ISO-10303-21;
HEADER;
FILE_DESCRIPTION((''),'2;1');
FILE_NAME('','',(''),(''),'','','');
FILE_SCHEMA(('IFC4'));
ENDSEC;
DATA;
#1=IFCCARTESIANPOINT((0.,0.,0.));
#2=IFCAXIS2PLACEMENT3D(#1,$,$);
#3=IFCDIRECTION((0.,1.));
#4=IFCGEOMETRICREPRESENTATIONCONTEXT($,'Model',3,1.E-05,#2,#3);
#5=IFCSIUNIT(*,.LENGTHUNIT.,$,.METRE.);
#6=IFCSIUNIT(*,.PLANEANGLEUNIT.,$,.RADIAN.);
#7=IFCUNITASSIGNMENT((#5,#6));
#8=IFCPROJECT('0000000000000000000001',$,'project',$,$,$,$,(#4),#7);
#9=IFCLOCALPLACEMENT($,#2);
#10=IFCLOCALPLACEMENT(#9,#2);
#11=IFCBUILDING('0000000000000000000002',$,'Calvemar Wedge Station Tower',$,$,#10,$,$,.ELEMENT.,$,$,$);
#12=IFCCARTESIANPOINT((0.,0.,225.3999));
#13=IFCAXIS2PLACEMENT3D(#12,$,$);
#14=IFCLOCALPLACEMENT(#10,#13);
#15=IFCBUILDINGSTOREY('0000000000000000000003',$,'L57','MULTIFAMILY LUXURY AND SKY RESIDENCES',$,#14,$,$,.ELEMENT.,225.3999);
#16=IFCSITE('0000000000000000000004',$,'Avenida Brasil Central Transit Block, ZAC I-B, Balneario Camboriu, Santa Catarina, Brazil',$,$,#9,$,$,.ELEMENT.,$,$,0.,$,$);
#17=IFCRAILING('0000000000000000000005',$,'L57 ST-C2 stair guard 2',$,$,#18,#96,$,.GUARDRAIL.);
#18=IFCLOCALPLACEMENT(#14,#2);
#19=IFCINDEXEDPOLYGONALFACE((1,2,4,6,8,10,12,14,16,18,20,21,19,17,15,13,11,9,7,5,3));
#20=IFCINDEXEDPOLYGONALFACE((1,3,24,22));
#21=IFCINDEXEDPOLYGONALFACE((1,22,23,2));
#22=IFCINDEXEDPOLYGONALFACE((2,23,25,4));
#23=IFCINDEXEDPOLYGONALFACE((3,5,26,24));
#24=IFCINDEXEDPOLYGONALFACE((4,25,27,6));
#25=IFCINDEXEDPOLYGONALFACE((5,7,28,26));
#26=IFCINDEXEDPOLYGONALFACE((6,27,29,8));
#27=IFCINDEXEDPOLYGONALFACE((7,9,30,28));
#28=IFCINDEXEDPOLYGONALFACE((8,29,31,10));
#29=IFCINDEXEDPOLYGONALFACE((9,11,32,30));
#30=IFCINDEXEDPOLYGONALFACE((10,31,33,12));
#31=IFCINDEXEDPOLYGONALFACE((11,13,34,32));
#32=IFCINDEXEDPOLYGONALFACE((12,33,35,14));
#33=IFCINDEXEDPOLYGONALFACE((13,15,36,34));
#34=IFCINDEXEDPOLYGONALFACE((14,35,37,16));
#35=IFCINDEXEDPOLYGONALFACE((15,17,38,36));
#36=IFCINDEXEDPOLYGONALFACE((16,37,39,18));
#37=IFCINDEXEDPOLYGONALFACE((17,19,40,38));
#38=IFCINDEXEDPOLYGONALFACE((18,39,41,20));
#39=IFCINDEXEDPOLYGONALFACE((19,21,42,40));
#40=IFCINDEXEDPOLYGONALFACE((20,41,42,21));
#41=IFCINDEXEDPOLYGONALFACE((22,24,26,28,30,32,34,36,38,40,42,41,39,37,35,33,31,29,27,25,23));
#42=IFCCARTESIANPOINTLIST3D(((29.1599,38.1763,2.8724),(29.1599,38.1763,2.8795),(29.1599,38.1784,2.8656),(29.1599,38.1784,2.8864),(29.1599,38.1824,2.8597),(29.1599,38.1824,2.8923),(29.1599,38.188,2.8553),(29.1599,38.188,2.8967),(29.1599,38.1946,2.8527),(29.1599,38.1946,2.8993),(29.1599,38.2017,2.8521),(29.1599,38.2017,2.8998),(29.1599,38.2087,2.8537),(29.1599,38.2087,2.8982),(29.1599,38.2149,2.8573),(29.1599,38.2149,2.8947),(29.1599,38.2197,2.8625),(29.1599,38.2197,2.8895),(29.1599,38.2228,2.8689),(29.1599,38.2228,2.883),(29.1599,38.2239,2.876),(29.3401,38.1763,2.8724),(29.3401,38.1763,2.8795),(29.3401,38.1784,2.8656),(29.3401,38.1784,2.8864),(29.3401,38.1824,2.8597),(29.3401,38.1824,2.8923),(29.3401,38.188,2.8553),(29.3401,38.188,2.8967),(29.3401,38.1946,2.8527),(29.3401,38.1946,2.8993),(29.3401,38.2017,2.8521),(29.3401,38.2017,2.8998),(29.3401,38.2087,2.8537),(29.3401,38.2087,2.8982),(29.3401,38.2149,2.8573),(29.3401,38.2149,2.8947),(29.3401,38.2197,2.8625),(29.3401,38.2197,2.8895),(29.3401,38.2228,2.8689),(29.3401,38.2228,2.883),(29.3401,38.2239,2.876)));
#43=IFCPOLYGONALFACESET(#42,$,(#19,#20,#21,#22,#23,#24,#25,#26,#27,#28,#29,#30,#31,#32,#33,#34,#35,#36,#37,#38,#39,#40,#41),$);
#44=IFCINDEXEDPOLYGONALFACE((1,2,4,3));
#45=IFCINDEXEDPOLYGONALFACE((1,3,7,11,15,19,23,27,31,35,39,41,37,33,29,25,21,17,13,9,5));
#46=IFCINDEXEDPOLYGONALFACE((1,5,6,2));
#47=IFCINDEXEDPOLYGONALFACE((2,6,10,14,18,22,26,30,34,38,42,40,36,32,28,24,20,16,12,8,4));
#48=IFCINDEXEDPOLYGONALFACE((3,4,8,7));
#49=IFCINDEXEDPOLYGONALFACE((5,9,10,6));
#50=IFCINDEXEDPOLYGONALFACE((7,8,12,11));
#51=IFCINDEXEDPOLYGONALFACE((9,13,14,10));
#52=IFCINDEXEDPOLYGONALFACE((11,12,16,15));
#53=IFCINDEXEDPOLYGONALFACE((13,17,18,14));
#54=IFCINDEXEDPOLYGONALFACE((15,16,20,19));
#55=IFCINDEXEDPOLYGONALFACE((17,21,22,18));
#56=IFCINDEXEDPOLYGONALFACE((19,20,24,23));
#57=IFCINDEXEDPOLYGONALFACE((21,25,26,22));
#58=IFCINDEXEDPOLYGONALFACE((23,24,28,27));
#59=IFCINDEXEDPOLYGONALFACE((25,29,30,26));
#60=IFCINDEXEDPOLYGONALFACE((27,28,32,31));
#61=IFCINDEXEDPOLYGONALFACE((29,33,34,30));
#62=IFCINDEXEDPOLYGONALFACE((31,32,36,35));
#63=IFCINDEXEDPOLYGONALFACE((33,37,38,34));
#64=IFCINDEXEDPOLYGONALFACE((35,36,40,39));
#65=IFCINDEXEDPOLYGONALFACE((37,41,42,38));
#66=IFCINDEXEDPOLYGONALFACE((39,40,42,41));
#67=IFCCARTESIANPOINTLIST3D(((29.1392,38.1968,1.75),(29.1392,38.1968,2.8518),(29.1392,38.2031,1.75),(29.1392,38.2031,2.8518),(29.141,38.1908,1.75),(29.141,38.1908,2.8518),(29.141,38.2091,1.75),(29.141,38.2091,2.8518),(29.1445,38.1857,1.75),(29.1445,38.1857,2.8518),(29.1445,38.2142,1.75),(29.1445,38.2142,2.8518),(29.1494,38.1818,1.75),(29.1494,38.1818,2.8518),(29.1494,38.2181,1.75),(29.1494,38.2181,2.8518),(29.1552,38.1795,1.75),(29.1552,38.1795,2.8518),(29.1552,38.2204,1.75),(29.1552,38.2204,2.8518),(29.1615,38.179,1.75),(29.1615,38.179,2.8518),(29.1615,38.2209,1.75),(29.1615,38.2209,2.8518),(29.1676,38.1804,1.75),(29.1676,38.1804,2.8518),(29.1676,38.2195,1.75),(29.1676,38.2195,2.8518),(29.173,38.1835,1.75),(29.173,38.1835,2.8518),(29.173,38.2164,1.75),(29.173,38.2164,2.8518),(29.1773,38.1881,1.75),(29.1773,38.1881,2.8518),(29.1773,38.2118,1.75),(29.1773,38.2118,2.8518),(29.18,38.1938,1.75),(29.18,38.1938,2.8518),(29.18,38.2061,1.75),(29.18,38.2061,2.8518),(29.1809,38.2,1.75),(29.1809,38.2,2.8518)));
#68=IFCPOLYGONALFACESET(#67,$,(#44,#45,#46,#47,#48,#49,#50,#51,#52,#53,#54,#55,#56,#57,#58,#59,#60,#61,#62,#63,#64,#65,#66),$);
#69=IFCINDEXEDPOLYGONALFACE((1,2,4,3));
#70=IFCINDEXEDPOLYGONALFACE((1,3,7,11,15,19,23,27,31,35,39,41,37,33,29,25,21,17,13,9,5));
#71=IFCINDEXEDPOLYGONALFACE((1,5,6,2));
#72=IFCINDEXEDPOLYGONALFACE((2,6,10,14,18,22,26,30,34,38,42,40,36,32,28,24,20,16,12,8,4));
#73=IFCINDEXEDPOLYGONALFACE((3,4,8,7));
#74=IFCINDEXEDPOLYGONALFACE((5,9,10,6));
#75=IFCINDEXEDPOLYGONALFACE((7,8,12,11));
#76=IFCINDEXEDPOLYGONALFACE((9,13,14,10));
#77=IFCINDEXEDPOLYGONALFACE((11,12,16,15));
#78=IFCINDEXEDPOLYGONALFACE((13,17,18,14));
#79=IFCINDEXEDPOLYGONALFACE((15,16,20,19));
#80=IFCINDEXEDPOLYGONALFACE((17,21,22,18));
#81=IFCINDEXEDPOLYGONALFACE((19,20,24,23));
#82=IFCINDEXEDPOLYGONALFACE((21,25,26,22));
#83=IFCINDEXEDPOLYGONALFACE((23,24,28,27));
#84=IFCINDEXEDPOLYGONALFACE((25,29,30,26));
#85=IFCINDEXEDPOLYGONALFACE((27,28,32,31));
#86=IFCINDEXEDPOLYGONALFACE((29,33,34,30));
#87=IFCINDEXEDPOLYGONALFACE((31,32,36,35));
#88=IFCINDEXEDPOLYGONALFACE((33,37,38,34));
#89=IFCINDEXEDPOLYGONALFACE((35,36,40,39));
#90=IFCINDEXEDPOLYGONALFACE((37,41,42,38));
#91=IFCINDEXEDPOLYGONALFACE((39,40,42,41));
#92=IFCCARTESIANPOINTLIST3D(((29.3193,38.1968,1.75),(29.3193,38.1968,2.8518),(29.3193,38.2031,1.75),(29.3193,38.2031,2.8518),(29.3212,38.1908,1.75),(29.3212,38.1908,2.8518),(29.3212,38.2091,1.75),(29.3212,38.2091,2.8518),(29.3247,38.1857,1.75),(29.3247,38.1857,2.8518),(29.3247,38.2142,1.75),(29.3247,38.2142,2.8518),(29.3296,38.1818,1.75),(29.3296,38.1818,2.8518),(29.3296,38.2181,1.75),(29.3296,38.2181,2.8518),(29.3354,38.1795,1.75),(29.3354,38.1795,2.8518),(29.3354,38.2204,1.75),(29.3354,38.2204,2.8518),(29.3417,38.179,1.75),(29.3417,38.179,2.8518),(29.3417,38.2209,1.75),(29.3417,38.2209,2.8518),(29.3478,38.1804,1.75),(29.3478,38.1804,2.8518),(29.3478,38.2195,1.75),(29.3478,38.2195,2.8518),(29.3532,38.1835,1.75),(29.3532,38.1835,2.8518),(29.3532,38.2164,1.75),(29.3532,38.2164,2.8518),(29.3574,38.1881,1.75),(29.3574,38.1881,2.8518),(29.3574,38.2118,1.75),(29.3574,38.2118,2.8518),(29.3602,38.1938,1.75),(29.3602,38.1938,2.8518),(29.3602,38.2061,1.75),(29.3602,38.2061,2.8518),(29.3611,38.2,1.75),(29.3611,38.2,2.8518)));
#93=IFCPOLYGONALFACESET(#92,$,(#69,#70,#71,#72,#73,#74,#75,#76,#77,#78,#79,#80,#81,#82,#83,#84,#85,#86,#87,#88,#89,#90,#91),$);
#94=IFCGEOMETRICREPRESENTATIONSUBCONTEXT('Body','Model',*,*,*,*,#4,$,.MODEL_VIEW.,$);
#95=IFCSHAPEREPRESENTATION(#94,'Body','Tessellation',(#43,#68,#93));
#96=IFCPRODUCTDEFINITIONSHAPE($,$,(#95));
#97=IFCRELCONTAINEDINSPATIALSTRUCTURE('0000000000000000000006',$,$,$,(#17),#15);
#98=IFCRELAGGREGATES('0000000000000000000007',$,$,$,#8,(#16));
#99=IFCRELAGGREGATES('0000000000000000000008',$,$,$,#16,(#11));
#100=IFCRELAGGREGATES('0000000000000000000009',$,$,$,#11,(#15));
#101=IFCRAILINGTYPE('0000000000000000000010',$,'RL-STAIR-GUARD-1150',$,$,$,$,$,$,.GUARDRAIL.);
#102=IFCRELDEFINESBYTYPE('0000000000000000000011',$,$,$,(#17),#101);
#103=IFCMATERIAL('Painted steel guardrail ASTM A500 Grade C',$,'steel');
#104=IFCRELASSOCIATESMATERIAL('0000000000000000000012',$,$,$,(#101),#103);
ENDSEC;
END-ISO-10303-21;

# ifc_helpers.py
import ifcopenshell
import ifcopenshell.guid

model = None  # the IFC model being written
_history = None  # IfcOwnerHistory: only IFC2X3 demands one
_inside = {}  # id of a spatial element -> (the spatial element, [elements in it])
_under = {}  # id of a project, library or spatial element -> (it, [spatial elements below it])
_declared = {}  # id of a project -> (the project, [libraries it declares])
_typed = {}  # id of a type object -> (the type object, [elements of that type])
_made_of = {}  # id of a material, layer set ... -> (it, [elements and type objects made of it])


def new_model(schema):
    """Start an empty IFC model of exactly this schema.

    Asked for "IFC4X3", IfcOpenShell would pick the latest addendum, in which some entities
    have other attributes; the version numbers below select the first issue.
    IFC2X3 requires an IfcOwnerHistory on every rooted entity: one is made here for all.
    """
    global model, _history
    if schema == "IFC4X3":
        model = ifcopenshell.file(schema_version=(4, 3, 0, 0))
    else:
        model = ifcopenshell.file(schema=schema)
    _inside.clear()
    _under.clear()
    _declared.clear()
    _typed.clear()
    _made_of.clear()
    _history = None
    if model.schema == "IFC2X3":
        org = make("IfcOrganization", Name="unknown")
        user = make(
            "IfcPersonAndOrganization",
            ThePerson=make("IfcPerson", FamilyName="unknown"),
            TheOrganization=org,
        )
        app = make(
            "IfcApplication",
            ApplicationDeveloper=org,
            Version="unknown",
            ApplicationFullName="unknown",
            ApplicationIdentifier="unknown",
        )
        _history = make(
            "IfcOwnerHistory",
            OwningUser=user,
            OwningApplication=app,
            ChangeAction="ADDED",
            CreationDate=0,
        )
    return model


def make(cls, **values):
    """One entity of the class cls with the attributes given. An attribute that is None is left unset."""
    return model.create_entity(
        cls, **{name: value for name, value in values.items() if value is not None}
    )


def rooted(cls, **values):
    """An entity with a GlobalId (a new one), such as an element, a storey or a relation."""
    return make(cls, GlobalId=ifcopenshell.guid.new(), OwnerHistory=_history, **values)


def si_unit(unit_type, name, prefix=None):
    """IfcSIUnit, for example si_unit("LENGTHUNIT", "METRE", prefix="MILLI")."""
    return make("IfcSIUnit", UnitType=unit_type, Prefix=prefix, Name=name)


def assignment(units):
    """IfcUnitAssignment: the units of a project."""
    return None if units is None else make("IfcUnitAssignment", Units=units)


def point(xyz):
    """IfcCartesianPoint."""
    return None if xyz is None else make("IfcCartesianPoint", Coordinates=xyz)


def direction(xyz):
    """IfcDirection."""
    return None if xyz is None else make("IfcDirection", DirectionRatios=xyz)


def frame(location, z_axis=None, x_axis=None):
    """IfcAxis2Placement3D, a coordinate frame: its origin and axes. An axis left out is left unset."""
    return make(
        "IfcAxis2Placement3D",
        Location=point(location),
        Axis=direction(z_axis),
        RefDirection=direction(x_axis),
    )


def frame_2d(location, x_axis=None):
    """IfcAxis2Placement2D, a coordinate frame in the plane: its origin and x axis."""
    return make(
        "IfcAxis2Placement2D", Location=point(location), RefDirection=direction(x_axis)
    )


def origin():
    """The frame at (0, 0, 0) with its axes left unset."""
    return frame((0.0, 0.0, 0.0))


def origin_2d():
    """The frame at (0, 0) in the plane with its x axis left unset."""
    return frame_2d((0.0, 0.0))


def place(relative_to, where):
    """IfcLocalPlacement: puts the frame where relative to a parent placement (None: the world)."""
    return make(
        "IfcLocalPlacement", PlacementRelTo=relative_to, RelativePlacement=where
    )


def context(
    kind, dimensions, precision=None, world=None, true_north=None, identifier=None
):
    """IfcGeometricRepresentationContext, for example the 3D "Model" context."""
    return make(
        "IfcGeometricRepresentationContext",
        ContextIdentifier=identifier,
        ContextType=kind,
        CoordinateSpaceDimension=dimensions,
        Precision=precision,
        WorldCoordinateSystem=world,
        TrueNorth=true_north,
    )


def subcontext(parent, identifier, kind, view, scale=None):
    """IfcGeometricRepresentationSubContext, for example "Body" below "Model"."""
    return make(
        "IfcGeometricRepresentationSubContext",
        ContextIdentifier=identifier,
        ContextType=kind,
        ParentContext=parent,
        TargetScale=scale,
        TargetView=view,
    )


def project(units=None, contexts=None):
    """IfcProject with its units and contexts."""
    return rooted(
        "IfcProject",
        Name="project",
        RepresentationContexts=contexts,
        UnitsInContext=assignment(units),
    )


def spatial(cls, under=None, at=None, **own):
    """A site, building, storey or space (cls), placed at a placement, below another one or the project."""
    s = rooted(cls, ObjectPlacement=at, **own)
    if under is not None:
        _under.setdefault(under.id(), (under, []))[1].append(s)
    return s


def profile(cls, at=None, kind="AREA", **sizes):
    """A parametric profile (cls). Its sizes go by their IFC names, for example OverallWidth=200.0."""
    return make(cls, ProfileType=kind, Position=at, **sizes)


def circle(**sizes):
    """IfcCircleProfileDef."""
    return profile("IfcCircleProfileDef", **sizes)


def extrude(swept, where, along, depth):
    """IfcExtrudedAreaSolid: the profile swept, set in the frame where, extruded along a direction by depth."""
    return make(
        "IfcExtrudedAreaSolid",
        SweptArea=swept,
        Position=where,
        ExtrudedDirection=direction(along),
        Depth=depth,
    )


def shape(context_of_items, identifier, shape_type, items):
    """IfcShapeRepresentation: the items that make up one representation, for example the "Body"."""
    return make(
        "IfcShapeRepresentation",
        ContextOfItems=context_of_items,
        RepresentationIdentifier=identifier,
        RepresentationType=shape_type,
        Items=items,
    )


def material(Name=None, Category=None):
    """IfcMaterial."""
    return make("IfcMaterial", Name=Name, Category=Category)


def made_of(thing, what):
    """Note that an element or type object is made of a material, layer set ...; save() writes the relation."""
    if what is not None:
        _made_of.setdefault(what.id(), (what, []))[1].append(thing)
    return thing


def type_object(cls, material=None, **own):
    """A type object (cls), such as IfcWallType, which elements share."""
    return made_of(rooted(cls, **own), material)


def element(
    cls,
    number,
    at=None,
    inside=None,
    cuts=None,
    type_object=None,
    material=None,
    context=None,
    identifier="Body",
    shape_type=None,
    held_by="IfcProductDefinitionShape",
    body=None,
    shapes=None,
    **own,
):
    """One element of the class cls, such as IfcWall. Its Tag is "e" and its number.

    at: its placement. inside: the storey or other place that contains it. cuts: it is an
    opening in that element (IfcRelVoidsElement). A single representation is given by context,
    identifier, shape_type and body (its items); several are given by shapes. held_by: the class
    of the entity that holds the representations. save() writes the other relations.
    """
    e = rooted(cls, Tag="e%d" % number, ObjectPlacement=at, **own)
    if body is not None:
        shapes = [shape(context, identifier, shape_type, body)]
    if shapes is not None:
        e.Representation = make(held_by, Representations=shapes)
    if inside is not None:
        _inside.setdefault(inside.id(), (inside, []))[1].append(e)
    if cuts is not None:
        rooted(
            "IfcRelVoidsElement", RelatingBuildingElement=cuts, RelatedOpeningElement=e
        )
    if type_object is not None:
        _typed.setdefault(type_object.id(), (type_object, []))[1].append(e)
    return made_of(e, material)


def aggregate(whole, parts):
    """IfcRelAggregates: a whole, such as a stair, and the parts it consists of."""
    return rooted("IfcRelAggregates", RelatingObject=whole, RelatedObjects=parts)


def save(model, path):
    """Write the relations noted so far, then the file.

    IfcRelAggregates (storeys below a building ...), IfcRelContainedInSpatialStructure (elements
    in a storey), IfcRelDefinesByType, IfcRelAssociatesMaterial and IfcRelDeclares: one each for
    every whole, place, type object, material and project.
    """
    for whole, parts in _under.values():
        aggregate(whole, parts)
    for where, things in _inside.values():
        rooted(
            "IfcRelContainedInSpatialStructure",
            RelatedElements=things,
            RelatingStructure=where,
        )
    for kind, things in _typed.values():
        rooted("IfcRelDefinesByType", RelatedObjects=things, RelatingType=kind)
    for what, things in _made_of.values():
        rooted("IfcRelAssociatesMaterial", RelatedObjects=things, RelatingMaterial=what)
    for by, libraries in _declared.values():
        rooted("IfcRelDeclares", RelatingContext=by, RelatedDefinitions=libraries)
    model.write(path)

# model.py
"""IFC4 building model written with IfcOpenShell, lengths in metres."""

from ifc_helpers import new_model, si_unit, direction, frame, origin, origin_2d, place, context, subcontext, project, spatial, circle, extrude, material, type_object, element, save


model = new_model("IFC4")

# Units and contexts
model_context = context("Model", 3, precision=1e-05, world=origin(), true_north=direction((0.0, 1.0)))
body_context = subcontext(model_context, "Body", "Model", "MODEL_VIEW")
ifc_project = project(units=[si_unit("LENGTHUNIT", "METRE"), si_unit("PLANEANGLEUNIT", "RADIAN")], contexts=[model_context])

# Site, building, storey
site_placement = place(None, origin())
site = spatial("IfcSite", under=ifc_project, at=site_placement, Name="Avenida Brasil Central Transit Block, ZAC I-B, Balneario Camboriu, Santa Catarina, Brazil", CompositionType="ELEMENT", RefElevation=0.0)
building_placement = place(site_placement, origin())
building = spatial("IfcBuilding", under=site, at=building_placement, Name="Calvemar Wedge Station Tower", CompositionType="ELEMENT")
storey_placement = place(building_placement, frame((0.0, 0.0, 225.3999)))
storey = spatial("IfcBuildingStorey", under=building, at=storey_placement, Name="L57", Description="MULTIFAMILY LUXURY AND SKY RESIDENCES", CompositionType="ELEMENT", Elevation=225.3999)

# Railing
ifc_material_1 = material(Name="Painted steel guardrail ASTM A500 Grade C", Category="steel")
railing_type_1 = type_object("IfcRailingType", Name="RL-STAIR-GUARD-1150", PredefinedType="GUARDRAIL", material=ifc_material_1)
railing_1_placement = place(storey_placement, frame((29.1599, 38.2, 1.75)))
element("IfcRailing", 1, at=railing_1_placement, inside=storey, type_object=railing_type_1, Name="L57 ST-C2 stair guard 2", PredefinedType="GUARDRAIL", context=body_context, shape_type="SweptSolid", body=[
    extrude(circle(Radius=0.0239, at=origin_2d()), frame((0.0, 0.0, 1.126), z_axis=(1.0, 0.0, 0.0), x_axis=(0.0, 1.0, 0.0)), (0.0, 0.0, 1.0), 0.1802),
    extrude(circle(Radius=0.021, at=origin_2d()), origin(), (0.0, 0.0, 1.0), 1.1018),
    extrude(circle(Radius=0.021, at=origin_2d()), frame((0.1802, 0.0, 0.0)), (0.0, 0.0, 1.0), 1.1018),
])

save(model, "model.ifc")
